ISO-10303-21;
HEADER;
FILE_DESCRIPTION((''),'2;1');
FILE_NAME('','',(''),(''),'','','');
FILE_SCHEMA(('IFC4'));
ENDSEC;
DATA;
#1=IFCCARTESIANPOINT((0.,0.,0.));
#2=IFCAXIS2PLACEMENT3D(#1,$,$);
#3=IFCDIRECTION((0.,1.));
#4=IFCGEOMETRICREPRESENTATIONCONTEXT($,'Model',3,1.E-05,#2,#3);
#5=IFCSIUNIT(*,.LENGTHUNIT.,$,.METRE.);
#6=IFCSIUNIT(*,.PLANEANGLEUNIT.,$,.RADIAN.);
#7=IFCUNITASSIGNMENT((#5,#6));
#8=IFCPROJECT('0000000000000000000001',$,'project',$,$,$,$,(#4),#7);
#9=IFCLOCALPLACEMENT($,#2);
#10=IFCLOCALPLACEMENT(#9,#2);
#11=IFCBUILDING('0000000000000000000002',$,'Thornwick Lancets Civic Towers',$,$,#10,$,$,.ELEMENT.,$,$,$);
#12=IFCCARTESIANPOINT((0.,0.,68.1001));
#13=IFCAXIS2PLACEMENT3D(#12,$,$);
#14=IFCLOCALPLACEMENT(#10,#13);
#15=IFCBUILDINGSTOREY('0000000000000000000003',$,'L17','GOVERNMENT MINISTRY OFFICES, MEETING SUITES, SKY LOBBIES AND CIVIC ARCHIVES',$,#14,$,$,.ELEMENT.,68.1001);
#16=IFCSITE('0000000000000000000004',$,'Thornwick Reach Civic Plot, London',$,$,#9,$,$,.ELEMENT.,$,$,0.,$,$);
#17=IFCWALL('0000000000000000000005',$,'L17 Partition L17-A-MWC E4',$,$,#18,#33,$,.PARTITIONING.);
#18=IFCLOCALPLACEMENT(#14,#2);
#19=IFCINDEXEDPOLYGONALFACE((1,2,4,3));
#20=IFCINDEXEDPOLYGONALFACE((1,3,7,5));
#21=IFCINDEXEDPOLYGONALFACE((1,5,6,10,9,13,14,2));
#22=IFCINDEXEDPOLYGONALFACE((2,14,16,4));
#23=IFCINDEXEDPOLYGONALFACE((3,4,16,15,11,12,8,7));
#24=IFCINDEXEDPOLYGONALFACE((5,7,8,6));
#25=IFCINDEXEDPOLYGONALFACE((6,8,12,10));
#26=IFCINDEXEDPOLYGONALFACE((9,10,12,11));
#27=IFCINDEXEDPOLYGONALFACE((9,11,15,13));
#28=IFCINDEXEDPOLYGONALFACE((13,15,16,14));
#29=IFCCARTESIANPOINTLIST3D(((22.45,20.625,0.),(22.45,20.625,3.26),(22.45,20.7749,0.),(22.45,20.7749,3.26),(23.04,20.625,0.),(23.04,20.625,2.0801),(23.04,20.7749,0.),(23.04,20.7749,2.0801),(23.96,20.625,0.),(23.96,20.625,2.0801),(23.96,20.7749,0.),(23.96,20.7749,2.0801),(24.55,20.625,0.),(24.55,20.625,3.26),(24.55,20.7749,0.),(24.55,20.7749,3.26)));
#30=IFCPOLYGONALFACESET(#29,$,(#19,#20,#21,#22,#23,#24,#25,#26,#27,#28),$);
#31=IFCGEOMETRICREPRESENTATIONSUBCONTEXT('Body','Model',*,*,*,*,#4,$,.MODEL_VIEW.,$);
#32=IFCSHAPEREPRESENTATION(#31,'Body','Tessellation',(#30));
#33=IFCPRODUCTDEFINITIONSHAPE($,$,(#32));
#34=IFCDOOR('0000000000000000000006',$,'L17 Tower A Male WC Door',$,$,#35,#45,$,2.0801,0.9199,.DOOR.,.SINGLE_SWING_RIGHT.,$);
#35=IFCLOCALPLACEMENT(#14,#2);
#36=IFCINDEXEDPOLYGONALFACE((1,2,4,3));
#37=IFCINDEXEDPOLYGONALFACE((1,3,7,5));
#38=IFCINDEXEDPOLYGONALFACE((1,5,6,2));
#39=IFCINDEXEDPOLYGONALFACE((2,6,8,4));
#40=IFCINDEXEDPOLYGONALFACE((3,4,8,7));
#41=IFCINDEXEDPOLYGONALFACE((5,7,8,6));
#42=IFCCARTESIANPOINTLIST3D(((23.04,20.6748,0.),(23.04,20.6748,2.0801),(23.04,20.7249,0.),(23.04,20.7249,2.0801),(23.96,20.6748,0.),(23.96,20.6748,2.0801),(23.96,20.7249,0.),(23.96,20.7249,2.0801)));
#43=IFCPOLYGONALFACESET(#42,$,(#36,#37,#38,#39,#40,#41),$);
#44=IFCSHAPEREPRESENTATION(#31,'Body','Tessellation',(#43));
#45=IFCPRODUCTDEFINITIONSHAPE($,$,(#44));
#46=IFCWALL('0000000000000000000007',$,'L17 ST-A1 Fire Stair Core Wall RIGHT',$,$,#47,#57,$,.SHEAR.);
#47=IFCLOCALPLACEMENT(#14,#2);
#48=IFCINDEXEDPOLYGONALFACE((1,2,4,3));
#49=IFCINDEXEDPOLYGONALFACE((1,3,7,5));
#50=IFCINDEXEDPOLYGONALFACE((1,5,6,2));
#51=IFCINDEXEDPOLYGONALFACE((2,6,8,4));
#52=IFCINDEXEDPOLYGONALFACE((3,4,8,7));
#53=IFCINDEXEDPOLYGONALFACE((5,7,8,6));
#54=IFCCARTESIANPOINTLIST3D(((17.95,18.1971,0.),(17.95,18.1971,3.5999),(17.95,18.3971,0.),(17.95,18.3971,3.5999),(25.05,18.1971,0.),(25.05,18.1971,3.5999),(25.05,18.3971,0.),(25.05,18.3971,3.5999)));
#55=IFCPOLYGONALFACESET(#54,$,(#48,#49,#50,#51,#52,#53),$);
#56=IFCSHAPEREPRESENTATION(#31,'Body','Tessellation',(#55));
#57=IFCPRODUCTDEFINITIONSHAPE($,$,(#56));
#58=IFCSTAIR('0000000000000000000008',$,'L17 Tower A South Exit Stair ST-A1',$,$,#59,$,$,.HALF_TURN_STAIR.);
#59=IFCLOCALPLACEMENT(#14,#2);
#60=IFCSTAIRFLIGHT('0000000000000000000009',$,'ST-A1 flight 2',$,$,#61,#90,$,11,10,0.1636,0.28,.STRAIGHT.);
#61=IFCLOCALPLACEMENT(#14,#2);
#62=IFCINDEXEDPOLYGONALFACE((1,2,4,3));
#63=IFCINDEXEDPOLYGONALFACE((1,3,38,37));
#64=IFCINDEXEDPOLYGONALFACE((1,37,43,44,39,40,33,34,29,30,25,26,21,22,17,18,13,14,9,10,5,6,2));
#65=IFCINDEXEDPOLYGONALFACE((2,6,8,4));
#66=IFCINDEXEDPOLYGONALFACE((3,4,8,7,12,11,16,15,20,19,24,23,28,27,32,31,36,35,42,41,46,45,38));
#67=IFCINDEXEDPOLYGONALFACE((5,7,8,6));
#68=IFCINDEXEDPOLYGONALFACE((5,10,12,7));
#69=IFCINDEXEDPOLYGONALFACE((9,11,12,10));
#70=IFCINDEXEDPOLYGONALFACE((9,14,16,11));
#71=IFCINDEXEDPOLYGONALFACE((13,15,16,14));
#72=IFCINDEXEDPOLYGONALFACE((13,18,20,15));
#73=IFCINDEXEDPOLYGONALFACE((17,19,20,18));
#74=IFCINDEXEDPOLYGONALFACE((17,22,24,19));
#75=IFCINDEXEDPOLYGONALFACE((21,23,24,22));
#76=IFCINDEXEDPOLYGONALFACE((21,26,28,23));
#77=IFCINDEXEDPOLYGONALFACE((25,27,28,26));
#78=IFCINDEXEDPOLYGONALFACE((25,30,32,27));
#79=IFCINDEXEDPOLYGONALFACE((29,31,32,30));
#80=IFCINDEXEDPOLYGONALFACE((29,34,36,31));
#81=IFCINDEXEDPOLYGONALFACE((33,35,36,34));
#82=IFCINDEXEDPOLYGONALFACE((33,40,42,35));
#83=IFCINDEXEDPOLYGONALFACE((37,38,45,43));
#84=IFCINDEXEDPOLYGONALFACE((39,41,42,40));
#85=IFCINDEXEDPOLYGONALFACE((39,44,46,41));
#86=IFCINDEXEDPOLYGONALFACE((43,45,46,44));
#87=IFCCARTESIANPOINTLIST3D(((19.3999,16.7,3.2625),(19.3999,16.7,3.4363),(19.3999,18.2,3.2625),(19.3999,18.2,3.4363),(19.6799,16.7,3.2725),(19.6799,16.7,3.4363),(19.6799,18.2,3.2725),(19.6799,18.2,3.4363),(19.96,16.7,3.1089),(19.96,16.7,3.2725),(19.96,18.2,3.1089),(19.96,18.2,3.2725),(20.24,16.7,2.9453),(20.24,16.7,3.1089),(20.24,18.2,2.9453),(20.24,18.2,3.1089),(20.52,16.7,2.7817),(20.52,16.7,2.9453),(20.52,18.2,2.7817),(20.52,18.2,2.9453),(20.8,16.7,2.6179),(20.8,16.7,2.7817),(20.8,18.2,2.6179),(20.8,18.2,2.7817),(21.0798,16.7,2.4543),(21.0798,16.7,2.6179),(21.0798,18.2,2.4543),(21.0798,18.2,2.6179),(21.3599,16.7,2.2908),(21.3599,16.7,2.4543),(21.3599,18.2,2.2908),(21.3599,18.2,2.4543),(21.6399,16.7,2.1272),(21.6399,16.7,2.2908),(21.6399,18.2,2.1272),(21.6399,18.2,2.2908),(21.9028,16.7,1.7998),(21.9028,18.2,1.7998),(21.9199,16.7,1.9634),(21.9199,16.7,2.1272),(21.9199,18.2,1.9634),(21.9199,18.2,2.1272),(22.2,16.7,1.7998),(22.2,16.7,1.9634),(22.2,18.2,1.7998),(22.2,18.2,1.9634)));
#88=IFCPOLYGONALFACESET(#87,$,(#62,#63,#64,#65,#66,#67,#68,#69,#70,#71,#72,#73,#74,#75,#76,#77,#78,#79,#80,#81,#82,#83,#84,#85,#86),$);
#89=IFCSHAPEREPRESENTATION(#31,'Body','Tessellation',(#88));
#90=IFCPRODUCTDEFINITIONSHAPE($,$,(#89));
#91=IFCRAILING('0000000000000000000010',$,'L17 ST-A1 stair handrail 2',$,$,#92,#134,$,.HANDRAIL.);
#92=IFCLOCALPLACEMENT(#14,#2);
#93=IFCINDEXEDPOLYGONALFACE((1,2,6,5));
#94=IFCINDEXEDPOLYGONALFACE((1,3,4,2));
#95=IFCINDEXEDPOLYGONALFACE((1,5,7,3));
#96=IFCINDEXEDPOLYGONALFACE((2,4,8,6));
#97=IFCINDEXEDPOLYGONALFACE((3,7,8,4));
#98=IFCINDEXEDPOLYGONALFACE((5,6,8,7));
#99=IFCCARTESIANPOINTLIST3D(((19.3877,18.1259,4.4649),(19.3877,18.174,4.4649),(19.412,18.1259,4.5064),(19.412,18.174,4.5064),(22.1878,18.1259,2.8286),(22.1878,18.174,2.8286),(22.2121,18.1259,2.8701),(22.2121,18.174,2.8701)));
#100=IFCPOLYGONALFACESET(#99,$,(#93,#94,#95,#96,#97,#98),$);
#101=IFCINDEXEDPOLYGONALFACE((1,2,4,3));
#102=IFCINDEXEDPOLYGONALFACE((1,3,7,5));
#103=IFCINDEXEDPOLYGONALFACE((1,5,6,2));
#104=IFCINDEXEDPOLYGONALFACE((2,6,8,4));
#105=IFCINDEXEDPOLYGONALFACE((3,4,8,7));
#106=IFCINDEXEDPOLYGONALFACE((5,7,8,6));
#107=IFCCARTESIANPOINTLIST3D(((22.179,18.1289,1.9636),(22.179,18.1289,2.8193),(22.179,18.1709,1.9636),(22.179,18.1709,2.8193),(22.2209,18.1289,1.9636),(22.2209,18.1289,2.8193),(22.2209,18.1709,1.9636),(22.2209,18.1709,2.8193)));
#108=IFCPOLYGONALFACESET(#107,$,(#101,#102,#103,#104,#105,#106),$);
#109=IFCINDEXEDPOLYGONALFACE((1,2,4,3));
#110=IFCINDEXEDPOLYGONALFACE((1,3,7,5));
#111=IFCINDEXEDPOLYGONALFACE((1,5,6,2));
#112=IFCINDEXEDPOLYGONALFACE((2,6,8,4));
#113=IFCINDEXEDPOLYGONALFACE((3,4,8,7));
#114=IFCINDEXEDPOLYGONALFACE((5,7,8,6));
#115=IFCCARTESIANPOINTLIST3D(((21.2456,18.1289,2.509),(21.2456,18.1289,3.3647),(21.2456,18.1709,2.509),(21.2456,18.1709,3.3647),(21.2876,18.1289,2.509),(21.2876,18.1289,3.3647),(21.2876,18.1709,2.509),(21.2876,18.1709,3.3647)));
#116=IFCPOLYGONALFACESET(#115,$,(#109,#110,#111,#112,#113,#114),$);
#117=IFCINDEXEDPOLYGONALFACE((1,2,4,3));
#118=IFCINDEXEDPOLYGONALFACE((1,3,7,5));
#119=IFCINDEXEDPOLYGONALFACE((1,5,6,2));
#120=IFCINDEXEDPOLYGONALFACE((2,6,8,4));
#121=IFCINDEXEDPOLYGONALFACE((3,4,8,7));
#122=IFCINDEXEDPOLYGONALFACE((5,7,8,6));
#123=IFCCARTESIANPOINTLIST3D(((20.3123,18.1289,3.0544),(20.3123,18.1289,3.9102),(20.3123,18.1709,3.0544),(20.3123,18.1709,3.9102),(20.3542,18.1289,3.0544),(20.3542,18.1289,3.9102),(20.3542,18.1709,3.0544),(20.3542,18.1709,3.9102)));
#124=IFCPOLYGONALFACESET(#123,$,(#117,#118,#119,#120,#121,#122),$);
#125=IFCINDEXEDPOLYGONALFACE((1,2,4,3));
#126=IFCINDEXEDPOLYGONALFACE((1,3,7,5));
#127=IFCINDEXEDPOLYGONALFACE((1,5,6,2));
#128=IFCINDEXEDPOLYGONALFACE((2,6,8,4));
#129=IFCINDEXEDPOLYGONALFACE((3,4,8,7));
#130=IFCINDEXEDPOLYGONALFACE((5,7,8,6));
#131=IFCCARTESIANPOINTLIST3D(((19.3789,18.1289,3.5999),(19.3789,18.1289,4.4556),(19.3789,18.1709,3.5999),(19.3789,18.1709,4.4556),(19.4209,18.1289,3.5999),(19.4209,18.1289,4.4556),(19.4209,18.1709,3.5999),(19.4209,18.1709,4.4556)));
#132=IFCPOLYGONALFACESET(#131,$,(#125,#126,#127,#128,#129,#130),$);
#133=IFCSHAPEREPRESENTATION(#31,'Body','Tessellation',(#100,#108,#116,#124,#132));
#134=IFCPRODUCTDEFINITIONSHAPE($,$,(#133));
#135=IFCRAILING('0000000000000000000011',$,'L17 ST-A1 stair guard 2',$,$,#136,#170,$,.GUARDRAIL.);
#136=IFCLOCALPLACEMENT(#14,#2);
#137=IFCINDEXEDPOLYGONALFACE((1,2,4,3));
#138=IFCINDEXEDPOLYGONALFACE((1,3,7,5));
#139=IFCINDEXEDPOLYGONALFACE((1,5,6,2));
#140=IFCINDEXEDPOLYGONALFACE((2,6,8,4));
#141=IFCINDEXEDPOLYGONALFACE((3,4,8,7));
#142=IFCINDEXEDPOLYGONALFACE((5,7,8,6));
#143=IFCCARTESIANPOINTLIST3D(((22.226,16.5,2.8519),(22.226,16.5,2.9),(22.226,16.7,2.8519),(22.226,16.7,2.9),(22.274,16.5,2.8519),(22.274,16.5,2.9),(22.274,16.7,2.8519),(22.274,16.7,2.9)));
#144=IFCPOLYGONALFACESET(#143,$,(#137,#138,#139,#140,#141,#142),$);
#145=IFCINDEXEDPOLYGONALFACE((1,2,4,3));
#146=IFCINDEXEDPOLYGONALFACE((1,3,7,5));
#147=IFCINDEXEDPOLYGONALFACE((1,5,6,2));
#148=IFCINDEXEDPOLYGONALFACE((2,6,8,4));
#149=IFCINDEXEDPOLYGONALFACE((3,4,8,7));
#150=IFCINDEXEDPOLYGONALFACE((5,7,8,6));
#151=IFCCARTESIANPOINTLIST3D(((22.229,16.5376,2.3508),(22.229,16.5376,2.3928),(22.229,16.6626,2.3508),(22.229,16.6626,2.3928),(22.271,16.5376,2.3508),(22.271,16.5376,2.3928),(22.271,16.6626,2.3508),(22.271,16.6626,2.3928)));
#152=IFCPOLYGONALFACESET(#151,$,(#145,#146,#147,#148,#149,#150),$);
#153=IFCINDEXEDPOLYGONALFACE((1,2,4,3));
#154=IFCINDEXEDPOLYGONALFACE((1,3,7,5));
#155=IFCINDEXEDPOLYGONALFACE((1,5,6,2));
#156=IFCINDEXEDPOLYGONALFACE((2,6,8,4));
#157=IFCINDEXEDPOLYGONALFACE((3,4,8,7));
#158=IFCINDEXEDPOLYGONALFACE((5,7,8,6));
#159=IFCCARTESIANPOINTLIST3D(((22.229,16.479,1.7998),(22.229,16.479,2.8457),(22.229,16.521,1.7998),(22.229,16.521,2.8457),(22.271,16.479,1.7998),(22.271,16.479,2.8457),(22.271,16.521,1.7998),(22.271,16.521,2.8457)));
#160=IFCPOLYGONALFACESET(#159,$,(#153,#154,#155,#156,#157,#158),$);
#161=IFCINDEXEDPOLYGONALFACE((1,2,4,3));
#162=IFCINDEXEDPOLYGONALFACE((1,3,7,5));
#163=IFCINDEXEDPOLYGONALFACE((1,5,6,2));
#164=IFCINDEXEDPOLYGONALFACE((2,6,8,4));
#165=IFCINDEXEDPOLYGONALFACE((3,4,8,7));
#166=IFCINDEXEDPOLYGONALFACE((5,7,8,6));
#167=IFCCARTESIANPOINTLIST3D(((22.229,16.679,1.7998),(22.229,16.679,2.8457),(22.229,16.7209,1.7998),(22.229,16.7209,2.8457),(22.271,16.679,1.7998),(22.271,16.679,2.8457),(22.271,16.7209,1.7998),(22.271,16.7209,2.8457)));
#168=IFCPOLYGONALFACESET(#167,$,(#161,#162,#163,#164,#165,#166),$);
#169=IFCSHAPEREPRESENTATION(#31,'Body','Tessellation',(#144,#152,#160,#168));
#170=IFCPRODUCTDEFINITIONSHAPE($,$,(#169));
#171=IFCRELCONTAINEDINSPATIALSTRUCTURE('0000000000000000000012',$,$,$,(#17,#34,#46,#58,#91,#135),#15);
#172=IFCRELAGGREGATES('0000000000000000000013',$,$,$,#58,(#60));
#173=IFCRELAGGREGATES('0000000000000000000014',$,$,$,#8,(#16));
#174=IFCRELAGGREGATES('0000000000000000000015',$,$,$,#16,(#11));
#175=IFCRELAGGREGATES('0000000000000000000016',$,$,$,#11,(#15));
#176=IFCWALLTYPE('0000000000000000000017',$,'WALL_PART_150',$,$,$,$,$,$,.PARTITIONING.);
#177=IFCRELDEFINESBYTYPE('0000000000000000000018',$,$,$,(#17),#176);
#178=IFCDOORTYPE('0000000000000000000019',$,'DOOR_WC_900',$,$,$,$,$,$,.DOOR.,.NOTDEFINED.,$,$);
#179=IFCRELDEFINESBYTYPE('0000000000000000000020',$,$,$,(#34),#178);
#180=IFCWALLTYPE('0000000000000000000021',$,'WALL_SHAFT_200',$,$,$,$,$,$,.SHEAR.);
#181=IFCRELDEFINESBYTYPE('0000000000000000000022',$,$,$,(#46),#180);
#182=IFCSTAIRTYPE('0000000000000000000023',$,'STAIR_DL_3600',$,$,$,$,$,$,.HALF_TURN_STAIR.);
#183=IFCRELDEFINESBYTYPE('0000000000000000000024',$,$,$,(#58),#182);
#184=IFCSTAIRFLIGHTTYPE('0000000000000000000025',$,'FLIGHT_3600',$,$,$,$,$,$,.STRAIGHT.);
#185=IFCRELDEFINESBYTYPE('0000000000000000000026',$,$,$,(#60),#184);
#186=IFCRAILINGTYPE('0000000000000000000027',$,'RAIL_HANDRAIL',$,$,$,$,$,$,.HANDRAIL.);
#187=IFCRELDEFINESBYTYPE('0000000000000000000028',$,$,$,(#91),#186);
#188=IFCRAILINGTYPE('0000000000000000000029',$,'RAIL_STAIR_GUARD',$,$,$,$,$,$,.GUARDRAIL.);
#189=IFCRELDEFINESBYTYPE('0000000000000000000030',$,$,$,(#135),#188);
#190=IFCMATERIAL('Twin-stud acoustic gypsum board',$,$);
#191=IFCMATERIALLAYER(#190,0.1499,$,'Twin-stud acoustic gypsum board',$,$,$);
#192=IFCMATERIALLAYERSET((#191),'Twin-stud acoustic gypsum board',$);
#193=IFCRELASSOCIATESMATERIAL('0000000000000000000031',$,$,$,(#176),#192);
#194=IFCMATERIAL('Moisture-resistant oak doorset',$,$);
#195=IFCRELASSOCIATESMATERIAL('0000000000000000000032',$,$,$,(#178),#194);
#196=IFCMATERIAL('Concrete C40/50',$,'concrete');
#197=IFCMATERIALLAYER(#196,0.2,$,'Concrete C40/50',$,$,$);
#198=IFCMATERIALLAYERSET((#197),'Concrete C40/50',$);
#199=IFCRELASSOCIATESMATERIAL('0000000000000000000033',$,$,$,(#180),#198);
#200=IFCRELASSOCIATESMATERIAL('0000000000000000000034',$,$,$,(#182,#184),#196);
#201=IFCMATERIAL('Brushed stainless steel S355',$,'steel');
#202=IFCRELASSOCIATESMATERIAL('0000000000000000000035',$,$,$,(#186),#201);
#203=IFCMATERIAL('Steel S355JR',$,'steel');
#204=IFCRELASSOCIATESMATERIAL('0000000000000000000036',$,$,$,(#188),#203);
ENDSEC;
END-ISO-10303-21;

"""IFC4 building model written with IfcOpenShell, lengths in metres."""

from ifc_helpers import new_model, si_unit, direction, frame, frame_2d, origin, origin_2d, place, context, subcontext, project, spatial, polyline, rectangle, outline, extrude, material, layer, layer_set, type_object, element, fill, aggregate, save


model = new_model("IFC4")

# Units and contexts
model_context = context("Model", 3, precision=1e-05, world=origin(), true_north=direction((0.0, 1.0)))
body_context = subcontext(model_context, "Body", "Model", "MODEL_VIEW")
ifc_project = project(units=[si_unit("LENGTHUNIT", "METRE"), si_unit("PLANEANGLEUNIT", "RADIAN")], contexts=[model_context])

# Site, building, storey
site_placement = place(None, origin())
site = spatial("IfcSite", under=ifc_project, at=site_placement, Name="Thornwick Reach Civic Plot, London", CompositionType="ELEMENT", RefElevation=0.0)
building_placement = place(site_placement, origin())
building = spatial("IfcBuilding", under=site, at=building_placement, Name="Thornwick Lancets Civic Towers", CompositionType="ELEMENT")
storey_placement = place(building_placement, frame((0.0, 0.0, 68.1001)))
storey = spatial("IfcBuildingStorey", under=building, at=storey_placement, Name="L17", Description="GOVERNMENT MINISTRY OFFICES, MEETING SUITES, SKY LOBBIES AND CIVIC ARCHIVES", CompositionType="ELEMENT", Elevation=68.1001)

# Shared definitions
ifc_material_1 = material(Name="Twin-stud acoustic gypsum board")
ifc_layer_1 = layer(ifc_material_1, 0.1499, Name="Twin-stud acoustic gypsum board")
ifc_layer_set_1 = layer_set([ifc_layer_1], Name="Twin-stud acoustic gypsum board")
wall_type_1 = type_object("IfcWallType", Name="WALL_PART_150", PredefinedType="PARTITIONING", material=ifc_layer_set_1)

# Wall, opening, door
wall_1_placement = place(storey_placement, frame((22.45, 20.7, 0.0), z_axis=(0.0, 0.0, 1.0), x_axis=(1.0, 0.0, 0.0)))
wall_1 = element("IfcWall", 1, at=wall_1_placement, inside=storey, type_object=wall_type_1, Name="L17 Partition L17-A-MWC E4", PredefinedType="PARTITIONING", context=body_context, shape_type="SweptSolid", body=[
    extrude(rectangle(XDim=2.1001, YDim=0.1499, at=frame_2d((1.05, 0.0))), origin(), (0.0, 0.0, 1.0), 3.26),
])
opening_1_placement = place(wall_1_placement, frame((0.5901, 0.0, 0.0)))
opening_1 = element("IfcOpeningElement", 2, at=opening_1_placement, cuts=wall_1, PredefinedType="OPENING", context=body_context, shape_type="SweptSolid", body=[
    extrude(rectangle(XDim=0.9199, YDim=2.0801, at=frame_2d((0.46, 1.04))), frame((0.0, 0.085, 0.0), z_axis=(0.0, -1.0, 0.0), x_axis=(1.0, 0.0, 0.0)), (0.0, 0.0, 1.0), 0.1699),
])
ifc_material_2 = material(Name="Moisture-resistant oak doorset")
door_type_1 = type_object("IfcDoorType", Name="DOOR_WC_900", OperationType="NOTDEFINED", PredefinedType="DOOR", material=ifc_material_2)
door_1_placement = place(opening_1_placement, origin())
door_1 = element("IfcDoor", 3, at=door_1_placement, inside=storey, type_object=door_type_1, Name="L17 Tower A Male WC Door", OperationType="SINGLE_SWING_RIGHT", OverallHeight=2.0801, OverallWidth=0.9199, PredefinedType="DOOR", context=body_context, shape_type="SweptSolid", body=[
    extrude(rectangle(XDim=0.9199, YDim=2.0801, at=frame_2d((0.46, 1.04))), frame((0.0, 0.0249, 0.0), z_axis=(0.0, -1.0, 0.0), x_axis=(1.0, 0.0, 0.0)), (0.0, 0.0, 1.0), 0.05),
])
fill(opening_1, door_1)

# Wall
ifc_material_3 = material(Name="Concrete C40/50", Category="concrete")
ifc_layer_2 = layer(ifc_material_3, 0.2, Name="Concrete C40/50")
ifc_layer_set_2 = layer_set([ifc_layer_2], Name="Concrete C40/50")
wall_type_2 = type_object("IfcWallType", Name="WALL_SHAFT_200", PredefinedType="SHEAR", material=ifc_layer_set_2)
wall_2_placement = place(storey_placement, frame((25.05, 18.2971, 0.0), z_axis=(0.0, 0.0, 1.0), x_axis=(-1.0, 0.0, 0.0)))
element("IfcWall", 4, at=wall_2_placement, inside=storey, type_object=wall_type_2, Name="L17 ST-A1 Fire Stair Core Wall RIGHT", PredefinedType="SHEAR", context=body_context, shape_type="SweptSolid", body=[
    extrude(rectangle(XDim=7.1001, YDim=0.2, at=frame_2d((3.55, 0.0))), origin(), (0.0, 0.0, 1.0), 3.5999),
])

# Stair, stair flight
stair_type = type_object("IfcStairType", Name="STAIR_DL_3600", PredefinedType="HALF_TURN_STAIR", material=ifc_material_3)
stair_placement = place(storey_placement, origin())
stair = element("IfcStair", 5, at=stair_placement, inside=storey, type_object=stair_type, Name="L17 Tower A South Exit Stair ST-A1", PredefinedType="HALF_TURN_STAIR")
stair_flight_type = type_object("IfcStairFlightType", Name="FLIGHT_3600", PredefinedType="STRAIGHT", material=ifc_material_3)
stair_flight_placement = place(storey_placement, frame((22.2, 17.45, 1.7998), z_axis=(0.0, 0.0, 1.0), x_axis=(-1.0, 0.0, 0.0)))
stair_flight = element("IfcStairFlight", 6, at=stair_flight_placement, type_object=stair_flight_type, Name="ST-A1 flight 2", NumberOfRisers=11, NumberOfTreads=10, PredefinedType="STRAIGHT", RiserHeight=0.1636, TreadLength=0.28, context=body_context, shape_type="SweptSolid", body=[
    extrude(outline(polyline([(0.0, 0.0), (0.0, 0.1636), (0.28, 0.1636), (0.28, 0.3274), (0.5601, 0.3274), (0.5601, 0.491), (0.8401, 0.491), (0.8401, 0.6545), (1.1201, 0.6545), (1.1201, 0.8181), (1.3999, 0.8181), (1.3999, 0.9819), (1.6799, 0.9819), (1.6799, 1.1455), (1.96, 1.1455), (1.96, 1.3091), (2.24, 1.3091), (2.24, 1.4727), (2.52, 1.4727), (2.52, 1.6365), (2.8, 1.6365), (2.8, 1.8), (2.8, 1.4626), (0.2971, 0.0), (0.0, 0.0)])), frame((0.0, 0.75, 0.0), z_axis=(0.0, -1.0, 0.0), x_axis=(1.0, 0.0, 0.0)), (0.0, 0.0, 1.0), 1.5),
])
aggregate(stair, [stair_flight])

# Railings
ifc_material_4 = material(Name="Brushed stainless steel S355", Category="steel")
railing_type_1 = type_object("IfcRailingType", Name="RAIL_HANDRAIL", PredefinedType="HANDRAIL", material=ifc_material_4)
railing_1_placement = place(storey_placement, frame((22.2, 18.1499, 1.9636)))
element("IfcRailing", 7, at=railing_1_placement, inside=storey, type_object=railing_type_1, Name="L17 ST-A1 stair handrail 2", PredefinedType="HANDRAIL", context=body_context, shape_type="SweptSolid", body=[
    extrude(rectangle(XDim=0.0481, YDim=0.0481, at=origin_2d()), frame((0.0, 0.0, 0.8857), z_axis=(-0.863394, 0.0, 0.504531), x_axis=(0.0, -1.0, 0.0)), (0.0, 0.0, 1.0), 3.2432),
    extrude(rectangle(XDim=0.042, YDim=0.042, at=origin_2d()), origin(), (0.0, 0.0, 1.0), 0.8557),
    extrude(rectangle(XDim=0.042, YDim=0.042, at=origin_2d()), frame((-0.9333, 0.0, 0.5454)), (0.0, 0.0, 1.0), 0.8557),
    extrude(rectangle(XDim=0.042, YDim=0.042, at=origin_2d()), frame((-1.8667, 0.0, 1.0908)), (0.0, 0.0, 1.0), 0.8557),
    extrude(rectangle(XDim=0.042, YDim=0.042, at=origin_2d()), frame((-2.8, 0.0, 1.6362)), (0.0, 0.0, 1.0), 0.8557),
])
ifc_material_5 = material(Name="Steel S355JR", Category="steel")
railing_type_2 = type_object("IfcRailingType", Name="RAIL_STAIR_GUARD", PredefinedType="GUARDRAIL", material=ifc_material_5)
railing_2_placement = place(storey_placement, frame((22.25, 16.5, 1.7998)))
element("IfcRailing", 8, at=railing_2_placement, inside=storey, type_object=railing_type_2, Name="L17 ST-A1 stair guard 2", PredefinedType="GUARDRAIL", context=body_context, shape_type="SweptSolid", body=[
    extrude(rectangle(XDim=0.0481, YDim=0.0481, at=origin_2d()), frame((0.0, 0.0, 1.0762), z_axis=(0.0, 1.0, 0.0), x_axis=(-1.0, 0.0, 0.0)), (0.0, 0.0, 1.0), 0.2),
    extrude(rectangle(XDim=0.042, YDim=0.042, at=origin_2d()), frame((0.0, 0.0376, 0.572), z_axis=(0.0, 1.0, 0.0), x_axis=(-1.0, 0.0, 0.0)), (0.0, 0.0, 1.0), 0.125),
    extrude(rectangle(XDim=0.042, YDim=0.042, at=origin_2d()), origin(), (0.0, 0.0, 1.0), 1.0459),
    extrude(rectangle(XDim=0.042, YDim=0.042, at=origin_2d()), frame((0.0, 0.2, 0.0)), (0.0, 0.0, 1.0), 1.0459),
])

save(model, "model.ifc")
